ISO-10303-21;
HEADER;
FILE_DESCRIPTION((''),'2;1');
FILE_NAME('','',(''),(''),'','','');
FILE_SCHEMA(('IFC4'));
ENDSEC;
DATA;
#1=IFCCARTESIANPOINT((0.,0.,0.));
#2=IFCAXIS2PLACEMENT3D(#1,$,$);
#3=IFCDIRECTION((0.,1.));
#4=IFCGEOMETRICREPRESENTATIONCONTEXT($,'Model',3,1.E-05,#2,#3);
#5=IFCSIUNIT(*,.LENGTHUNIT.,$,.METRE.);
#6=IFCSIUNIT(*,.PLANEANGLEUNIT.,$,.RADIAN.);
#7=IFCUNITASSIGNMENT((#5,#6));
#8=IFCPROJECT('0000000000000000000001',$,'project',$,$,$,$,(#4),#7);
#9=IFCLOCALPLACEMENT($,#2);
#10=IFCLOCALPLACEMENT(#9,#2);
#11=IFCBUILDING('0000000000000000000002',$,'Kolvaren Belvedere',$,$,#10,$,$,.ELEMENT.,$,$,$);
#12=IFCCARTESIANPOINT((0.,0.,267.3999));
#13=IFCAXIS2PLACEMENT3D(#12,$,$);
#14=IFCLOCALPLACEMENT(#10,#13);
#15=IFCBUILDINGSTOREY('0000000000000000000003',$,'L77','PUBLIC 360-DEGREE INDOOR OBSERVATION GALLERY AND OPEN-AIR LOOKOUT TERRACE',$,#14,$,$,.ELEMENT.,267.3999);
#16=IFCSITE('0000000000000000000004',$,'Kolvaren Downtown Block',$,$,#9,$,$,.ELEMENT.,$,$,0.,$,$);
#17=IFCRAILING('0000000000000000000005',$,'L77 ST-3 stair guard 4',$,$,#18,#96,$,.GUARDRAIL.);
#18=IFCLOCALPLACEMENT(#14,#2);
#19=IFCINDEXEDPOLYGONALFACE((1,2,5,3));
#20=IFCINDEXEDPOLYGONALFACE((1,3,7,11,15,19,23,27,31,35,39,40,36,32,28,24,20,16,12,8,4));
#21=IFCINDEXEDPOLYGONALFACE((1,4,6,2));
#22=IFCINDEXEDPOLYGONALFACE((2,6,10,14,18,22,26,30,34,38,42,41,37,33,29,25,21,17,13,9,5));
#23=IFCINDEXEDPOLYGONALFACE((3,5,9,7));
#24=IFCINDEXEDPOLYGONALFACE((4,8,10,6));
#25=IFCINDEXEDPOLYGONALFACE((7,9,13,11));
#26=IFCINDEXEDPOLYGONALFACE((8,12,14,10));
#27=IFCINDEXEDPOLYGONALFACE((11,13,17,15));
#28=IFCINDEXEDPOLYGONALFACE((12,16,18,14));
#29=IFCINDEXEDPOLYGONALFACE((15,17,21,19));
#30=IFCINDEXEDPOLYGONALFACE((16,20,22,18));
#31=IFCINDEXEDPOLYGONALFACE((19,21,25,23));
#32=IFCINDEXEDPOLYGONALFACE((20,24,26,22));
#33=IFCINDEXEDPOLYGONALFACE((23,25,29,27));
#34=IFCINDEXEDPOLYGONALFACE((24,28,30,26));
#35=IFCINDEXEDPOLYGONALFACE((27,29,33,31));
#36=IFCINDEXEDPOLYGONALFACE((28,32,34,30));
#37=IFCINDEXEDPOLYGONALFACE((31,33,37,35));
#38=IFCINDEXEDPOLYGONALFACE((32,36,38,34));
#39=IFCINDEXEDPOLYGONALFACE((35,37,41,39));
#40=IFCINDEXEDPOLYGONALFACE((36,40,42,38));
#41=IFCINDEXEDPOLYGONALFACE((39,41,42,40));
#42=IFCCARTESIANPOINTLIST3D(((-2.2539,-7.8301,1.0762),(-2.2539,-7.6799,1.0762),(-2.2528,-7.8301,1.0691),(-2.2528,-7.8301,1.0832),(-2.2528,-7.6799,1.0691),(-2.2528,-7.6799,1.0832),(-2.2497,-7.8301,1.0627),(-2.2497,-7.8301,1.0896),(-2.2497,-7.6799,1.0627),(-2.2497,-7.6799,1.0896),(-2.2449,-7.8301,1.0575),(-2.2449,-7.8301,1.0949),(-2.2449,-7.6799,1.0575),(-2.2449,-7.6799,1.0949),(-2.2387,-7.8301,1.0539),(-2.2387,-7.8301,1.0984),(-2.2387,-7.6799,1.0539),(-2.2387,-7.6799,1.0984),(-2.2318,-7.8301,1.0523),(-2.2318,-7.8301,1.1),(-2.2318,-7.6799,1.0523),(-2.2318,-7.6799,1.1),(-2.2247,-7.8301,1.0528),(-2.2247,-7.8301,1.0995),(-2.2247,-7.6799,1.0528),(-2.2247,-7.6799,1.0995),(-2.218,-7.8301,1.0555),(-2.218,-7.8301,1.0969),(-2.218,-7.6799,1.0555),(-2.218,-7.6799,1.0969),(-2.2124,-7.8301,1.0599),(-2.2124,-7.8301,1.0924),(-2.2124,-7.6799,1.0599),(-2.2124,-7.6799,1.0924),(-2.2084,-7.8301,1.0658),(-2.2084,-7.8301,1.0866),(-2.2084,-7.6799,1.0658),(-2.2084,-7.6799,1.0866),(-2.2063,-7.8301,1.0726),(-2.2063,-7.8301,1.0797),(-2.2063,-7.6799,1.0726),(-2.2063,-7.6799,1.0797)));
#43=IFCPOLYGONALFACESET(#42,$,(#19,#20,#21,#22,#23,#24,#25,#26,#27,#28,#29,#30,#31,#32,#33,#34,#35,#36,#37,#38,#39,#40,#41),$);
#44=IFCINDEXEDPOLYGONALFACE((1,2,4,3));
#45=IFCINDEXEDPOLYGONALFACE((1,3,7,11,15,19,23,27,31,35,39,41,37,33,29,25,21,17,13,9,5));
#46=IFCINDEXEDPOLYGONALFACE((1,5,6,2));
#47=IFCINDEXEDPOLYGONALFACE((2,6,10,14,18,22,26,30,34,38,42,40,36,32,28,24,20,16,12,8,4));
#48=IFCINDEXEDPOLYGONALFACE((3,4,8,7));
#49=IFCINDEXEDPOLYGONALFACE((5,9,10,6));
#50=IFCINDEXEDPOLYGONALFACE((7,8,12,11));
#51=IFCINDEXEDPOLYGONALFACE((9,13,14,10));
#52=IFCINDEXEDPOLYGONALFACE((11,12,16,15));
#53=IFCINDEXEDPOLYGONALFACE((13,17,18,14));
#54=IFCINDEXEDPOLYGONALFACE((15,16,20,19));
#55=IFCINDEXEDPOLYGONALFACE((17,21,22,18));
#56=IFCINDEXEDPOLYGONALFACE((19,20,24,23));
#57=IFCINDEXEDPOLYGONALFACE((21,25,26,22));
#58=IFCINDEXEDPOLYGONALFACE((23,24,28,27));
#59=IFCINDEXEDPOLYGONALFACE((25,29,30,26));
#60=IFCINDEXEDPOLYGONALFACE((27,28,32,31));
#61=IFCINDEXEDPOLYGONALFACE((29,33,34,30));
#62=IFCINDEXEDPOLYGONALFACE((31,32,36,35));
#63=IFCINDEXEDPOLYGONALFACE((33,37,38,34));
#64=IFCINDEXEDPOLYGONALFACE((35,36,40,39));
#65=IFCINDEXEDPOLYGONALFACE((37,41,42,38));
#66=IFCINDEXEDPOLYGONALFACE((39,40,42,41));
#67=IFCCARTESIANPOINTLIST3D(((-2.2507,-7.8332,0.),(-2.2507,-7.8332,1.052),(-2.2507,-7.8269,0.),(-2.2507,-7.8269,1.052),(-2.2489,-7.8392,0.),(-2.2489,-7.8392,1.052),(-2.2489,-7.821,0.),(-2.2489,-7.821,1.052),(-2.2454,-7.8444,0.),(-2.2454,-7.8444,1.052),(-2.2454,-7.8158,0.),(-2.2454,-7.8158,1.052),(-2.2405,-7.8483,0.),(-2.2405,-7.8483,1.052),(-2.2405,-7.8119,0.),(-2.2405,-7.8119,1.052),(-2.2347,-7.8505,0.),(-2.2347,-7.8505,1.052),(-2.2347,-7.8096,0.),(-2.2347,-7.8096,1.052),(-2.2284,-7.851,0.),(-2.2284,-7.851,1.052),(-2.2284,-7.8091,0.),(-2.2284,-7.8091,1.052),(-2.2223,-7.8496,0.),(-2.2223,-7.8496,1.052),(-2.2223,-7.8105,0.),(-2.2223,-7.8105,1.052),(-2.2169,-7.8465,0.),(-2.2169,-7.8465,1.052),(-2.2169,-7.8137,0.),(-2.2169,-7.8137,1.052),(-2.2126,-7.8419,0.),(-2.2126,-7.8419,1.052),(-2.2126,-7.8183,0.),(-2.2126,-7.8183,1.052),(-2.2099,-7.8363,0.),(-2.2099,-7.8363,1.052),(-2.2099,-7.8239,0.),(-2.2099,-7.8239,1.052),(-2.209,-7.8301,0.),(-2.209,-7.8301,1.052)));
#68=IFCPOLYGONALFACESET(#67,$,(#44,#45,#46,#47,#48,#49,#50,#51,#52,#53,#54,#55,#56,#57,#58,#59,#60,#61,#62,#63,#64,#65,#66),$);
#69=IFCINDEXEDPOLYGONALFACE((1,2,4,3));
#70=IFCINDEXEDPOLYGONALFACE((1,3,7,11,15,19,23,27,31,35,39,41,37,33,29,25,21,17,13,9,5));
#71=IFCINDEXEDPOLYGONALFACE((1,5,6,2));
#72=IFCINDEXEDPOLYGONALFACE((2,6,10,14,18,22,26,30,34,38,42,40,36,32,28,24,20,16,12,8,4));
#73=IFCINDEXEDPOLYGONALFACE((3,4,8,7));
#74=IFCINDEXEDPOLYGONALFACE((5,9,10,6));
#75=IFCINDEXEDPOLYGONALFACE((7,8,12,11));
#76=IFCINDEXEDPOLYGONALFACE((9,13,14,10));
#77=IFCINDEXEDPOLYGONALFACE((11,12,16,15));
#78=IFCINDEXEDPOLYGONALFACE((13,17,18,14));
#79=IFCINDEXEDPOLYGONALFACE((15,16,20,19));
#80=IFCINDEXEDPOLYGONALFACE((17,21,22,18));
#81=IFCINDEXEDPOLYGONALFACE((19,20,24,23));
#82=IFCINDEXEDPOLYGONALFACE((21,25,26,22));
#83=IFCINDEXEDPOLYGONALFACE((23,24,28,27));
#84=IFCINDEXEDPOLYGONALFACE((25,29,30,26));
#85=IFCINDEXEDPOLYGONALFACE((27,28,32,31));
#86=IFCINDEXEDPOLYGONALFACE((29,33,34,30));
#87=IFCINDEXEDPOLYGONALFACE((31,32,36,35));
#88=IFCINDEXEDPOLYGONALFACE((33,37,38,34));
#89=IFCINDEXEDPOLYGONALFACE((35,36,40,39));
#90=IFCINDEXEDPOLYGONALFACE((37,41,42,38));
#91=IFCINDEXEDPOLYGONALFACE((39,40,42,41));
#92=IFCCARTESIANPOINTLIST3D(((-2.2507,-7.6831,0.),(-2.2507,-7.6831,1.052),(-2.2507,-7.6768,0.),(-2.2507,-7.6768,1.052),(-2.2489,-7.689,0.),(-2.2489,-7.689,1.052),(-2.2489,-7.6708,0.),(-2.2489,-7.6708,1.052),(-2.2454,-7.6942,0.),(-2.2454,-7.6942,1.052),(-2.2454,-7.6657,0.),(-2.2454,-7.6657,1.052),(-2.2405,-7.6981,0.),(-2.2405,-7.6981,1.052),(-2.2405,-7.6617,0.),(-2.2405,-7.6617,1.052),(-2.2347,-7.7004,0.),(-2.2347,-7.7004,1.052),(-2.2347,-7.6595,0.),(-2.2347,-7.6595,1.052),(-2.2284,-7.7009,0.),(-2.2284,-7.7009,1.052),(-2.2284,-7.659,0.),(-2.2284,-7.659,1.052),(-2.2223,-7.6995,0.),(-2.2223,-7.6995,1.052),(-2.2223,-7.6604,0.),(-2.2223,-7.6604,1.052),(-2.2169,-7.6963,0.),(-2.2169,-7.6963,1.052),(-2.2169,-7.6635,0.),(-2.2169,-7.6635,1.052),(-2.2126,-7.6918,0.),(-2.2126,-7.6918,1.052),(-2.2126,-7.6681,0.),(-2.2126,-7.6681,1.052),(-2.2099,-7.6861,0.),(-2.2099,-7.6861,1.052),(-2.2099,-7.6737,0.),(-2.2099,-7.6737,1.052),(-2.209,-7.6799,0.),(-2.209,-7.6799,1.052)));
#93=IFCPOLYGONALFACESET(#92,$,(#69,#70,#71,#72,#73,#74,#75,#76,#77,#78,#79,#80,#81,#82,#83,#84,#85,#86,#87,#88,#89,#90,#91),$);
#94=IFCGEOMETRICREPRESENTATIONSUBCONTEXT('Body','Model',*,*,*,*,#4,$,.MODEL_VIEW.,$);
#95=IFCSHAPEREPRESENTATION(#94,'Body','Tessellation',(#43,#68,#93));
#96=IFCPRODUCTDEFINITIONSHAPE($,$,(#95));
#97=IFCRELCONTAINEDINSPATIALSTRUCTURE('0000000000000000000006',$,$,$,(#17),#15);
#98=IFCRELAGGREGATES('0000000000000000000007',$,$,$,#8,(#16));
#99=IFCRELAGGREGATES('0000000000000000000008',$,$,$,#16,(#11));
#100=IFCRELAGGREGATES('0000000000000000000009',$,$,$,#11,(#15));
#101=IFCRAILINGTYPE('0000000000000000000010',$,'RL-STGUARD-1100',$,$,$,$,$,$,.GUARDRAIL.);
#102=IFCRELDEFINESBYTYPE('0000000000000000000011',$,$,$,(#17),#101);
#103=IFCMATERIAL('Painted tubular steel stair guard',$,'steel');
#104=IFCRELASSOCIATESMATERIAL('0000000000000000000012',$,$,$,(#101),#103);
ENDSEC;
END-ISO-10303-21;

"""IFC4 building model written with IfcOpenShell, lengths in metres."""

from ifc_helpers import new_model, si_unit, direction, frame, origin, origin_2d, place, context, subcontext, project, spatial, circle, extrude, material, type_object, element, save


model = new_model("IFC4")

# Units and contexts
model_context = context("Model", 3, precision=1e-05, world=origin(), true_north=direction((0.0, 1.0)))
body_context = subcontext(model_context, "Body", "Model", "MODEL_VIEW")
ifc_project = project(units=[si_unit("LENGTHUNIT", "METRE"), si_unit("PLANEANGLEUNIT", "RADIAN")], contexts=[model_context])

# Site, building, storey
site_placement = place(None, origin())
site = spatial("IfcSite", under=ifc_project, at=site_placement, Name="Kolvaren Downtown Block", CompositionType="ELEMENT", RefElevation=0.0)
building_placement = place(site_placement, origin())
building = spatial("IfcBuilding", under=site, at=building_placement, Name="Kolvaren Belvedere", CompositionType="ELEMENT")
storey_placement = place(building_placement, frame((0.0, 0.0, 267.3999)))
storey = spatial("IfcBuildingStorey", under=building, at=storey_placement, Name="L77", Description="PUBLIC 360-DEGREE INDOOR OBSERVATION GALLERY AND OPEN-AIR LOOKOUT TERRACE", CompositionType="ELEMENT", Elevation=267.3999)

# Railing
ifc_material_1 = material(Name="Painted tubular steel stair guard", Category="steel")
railing_type_1 = type_object("IfcRailingType", Name="RL-STGUARD-1100", PredefinedType="GUARDRAIL", material=ifc_material_1)
railing_1_placement = place(storey_placement, frame((-2.23, -7.8301, 0.0)))
element("IfcRailing", 1, at=railing_1_placement, inside=storey, type_object=railing_type_1, Name="L77 ST-3 stair guard 4", PredefinedType="GUARDRAIL", context=body_context, shape_type="SweptSolid", body=[
    extrude(circle(Radius=0.0239, at=origin_2d()), frame((0.0, 0.0, 1.0762), z_axis=(0.0, 1.0, 0.0), x_axis=(-1.0, 0.0, 0.0)), (0.0, 0.0, 1.0), 0.1501),
    extrude(circle(Radius=0.021, at=origin_2d()), origin(), (0.0, 0.0, 1.0), 1.052),
    extrude(circle(Radius=0.021, at=origin_2d()), frame((0.0, 0.1501, 0.0)), (0.0, 0.0, 1.0), 1.052),
])

save(model, "model.ifc")
